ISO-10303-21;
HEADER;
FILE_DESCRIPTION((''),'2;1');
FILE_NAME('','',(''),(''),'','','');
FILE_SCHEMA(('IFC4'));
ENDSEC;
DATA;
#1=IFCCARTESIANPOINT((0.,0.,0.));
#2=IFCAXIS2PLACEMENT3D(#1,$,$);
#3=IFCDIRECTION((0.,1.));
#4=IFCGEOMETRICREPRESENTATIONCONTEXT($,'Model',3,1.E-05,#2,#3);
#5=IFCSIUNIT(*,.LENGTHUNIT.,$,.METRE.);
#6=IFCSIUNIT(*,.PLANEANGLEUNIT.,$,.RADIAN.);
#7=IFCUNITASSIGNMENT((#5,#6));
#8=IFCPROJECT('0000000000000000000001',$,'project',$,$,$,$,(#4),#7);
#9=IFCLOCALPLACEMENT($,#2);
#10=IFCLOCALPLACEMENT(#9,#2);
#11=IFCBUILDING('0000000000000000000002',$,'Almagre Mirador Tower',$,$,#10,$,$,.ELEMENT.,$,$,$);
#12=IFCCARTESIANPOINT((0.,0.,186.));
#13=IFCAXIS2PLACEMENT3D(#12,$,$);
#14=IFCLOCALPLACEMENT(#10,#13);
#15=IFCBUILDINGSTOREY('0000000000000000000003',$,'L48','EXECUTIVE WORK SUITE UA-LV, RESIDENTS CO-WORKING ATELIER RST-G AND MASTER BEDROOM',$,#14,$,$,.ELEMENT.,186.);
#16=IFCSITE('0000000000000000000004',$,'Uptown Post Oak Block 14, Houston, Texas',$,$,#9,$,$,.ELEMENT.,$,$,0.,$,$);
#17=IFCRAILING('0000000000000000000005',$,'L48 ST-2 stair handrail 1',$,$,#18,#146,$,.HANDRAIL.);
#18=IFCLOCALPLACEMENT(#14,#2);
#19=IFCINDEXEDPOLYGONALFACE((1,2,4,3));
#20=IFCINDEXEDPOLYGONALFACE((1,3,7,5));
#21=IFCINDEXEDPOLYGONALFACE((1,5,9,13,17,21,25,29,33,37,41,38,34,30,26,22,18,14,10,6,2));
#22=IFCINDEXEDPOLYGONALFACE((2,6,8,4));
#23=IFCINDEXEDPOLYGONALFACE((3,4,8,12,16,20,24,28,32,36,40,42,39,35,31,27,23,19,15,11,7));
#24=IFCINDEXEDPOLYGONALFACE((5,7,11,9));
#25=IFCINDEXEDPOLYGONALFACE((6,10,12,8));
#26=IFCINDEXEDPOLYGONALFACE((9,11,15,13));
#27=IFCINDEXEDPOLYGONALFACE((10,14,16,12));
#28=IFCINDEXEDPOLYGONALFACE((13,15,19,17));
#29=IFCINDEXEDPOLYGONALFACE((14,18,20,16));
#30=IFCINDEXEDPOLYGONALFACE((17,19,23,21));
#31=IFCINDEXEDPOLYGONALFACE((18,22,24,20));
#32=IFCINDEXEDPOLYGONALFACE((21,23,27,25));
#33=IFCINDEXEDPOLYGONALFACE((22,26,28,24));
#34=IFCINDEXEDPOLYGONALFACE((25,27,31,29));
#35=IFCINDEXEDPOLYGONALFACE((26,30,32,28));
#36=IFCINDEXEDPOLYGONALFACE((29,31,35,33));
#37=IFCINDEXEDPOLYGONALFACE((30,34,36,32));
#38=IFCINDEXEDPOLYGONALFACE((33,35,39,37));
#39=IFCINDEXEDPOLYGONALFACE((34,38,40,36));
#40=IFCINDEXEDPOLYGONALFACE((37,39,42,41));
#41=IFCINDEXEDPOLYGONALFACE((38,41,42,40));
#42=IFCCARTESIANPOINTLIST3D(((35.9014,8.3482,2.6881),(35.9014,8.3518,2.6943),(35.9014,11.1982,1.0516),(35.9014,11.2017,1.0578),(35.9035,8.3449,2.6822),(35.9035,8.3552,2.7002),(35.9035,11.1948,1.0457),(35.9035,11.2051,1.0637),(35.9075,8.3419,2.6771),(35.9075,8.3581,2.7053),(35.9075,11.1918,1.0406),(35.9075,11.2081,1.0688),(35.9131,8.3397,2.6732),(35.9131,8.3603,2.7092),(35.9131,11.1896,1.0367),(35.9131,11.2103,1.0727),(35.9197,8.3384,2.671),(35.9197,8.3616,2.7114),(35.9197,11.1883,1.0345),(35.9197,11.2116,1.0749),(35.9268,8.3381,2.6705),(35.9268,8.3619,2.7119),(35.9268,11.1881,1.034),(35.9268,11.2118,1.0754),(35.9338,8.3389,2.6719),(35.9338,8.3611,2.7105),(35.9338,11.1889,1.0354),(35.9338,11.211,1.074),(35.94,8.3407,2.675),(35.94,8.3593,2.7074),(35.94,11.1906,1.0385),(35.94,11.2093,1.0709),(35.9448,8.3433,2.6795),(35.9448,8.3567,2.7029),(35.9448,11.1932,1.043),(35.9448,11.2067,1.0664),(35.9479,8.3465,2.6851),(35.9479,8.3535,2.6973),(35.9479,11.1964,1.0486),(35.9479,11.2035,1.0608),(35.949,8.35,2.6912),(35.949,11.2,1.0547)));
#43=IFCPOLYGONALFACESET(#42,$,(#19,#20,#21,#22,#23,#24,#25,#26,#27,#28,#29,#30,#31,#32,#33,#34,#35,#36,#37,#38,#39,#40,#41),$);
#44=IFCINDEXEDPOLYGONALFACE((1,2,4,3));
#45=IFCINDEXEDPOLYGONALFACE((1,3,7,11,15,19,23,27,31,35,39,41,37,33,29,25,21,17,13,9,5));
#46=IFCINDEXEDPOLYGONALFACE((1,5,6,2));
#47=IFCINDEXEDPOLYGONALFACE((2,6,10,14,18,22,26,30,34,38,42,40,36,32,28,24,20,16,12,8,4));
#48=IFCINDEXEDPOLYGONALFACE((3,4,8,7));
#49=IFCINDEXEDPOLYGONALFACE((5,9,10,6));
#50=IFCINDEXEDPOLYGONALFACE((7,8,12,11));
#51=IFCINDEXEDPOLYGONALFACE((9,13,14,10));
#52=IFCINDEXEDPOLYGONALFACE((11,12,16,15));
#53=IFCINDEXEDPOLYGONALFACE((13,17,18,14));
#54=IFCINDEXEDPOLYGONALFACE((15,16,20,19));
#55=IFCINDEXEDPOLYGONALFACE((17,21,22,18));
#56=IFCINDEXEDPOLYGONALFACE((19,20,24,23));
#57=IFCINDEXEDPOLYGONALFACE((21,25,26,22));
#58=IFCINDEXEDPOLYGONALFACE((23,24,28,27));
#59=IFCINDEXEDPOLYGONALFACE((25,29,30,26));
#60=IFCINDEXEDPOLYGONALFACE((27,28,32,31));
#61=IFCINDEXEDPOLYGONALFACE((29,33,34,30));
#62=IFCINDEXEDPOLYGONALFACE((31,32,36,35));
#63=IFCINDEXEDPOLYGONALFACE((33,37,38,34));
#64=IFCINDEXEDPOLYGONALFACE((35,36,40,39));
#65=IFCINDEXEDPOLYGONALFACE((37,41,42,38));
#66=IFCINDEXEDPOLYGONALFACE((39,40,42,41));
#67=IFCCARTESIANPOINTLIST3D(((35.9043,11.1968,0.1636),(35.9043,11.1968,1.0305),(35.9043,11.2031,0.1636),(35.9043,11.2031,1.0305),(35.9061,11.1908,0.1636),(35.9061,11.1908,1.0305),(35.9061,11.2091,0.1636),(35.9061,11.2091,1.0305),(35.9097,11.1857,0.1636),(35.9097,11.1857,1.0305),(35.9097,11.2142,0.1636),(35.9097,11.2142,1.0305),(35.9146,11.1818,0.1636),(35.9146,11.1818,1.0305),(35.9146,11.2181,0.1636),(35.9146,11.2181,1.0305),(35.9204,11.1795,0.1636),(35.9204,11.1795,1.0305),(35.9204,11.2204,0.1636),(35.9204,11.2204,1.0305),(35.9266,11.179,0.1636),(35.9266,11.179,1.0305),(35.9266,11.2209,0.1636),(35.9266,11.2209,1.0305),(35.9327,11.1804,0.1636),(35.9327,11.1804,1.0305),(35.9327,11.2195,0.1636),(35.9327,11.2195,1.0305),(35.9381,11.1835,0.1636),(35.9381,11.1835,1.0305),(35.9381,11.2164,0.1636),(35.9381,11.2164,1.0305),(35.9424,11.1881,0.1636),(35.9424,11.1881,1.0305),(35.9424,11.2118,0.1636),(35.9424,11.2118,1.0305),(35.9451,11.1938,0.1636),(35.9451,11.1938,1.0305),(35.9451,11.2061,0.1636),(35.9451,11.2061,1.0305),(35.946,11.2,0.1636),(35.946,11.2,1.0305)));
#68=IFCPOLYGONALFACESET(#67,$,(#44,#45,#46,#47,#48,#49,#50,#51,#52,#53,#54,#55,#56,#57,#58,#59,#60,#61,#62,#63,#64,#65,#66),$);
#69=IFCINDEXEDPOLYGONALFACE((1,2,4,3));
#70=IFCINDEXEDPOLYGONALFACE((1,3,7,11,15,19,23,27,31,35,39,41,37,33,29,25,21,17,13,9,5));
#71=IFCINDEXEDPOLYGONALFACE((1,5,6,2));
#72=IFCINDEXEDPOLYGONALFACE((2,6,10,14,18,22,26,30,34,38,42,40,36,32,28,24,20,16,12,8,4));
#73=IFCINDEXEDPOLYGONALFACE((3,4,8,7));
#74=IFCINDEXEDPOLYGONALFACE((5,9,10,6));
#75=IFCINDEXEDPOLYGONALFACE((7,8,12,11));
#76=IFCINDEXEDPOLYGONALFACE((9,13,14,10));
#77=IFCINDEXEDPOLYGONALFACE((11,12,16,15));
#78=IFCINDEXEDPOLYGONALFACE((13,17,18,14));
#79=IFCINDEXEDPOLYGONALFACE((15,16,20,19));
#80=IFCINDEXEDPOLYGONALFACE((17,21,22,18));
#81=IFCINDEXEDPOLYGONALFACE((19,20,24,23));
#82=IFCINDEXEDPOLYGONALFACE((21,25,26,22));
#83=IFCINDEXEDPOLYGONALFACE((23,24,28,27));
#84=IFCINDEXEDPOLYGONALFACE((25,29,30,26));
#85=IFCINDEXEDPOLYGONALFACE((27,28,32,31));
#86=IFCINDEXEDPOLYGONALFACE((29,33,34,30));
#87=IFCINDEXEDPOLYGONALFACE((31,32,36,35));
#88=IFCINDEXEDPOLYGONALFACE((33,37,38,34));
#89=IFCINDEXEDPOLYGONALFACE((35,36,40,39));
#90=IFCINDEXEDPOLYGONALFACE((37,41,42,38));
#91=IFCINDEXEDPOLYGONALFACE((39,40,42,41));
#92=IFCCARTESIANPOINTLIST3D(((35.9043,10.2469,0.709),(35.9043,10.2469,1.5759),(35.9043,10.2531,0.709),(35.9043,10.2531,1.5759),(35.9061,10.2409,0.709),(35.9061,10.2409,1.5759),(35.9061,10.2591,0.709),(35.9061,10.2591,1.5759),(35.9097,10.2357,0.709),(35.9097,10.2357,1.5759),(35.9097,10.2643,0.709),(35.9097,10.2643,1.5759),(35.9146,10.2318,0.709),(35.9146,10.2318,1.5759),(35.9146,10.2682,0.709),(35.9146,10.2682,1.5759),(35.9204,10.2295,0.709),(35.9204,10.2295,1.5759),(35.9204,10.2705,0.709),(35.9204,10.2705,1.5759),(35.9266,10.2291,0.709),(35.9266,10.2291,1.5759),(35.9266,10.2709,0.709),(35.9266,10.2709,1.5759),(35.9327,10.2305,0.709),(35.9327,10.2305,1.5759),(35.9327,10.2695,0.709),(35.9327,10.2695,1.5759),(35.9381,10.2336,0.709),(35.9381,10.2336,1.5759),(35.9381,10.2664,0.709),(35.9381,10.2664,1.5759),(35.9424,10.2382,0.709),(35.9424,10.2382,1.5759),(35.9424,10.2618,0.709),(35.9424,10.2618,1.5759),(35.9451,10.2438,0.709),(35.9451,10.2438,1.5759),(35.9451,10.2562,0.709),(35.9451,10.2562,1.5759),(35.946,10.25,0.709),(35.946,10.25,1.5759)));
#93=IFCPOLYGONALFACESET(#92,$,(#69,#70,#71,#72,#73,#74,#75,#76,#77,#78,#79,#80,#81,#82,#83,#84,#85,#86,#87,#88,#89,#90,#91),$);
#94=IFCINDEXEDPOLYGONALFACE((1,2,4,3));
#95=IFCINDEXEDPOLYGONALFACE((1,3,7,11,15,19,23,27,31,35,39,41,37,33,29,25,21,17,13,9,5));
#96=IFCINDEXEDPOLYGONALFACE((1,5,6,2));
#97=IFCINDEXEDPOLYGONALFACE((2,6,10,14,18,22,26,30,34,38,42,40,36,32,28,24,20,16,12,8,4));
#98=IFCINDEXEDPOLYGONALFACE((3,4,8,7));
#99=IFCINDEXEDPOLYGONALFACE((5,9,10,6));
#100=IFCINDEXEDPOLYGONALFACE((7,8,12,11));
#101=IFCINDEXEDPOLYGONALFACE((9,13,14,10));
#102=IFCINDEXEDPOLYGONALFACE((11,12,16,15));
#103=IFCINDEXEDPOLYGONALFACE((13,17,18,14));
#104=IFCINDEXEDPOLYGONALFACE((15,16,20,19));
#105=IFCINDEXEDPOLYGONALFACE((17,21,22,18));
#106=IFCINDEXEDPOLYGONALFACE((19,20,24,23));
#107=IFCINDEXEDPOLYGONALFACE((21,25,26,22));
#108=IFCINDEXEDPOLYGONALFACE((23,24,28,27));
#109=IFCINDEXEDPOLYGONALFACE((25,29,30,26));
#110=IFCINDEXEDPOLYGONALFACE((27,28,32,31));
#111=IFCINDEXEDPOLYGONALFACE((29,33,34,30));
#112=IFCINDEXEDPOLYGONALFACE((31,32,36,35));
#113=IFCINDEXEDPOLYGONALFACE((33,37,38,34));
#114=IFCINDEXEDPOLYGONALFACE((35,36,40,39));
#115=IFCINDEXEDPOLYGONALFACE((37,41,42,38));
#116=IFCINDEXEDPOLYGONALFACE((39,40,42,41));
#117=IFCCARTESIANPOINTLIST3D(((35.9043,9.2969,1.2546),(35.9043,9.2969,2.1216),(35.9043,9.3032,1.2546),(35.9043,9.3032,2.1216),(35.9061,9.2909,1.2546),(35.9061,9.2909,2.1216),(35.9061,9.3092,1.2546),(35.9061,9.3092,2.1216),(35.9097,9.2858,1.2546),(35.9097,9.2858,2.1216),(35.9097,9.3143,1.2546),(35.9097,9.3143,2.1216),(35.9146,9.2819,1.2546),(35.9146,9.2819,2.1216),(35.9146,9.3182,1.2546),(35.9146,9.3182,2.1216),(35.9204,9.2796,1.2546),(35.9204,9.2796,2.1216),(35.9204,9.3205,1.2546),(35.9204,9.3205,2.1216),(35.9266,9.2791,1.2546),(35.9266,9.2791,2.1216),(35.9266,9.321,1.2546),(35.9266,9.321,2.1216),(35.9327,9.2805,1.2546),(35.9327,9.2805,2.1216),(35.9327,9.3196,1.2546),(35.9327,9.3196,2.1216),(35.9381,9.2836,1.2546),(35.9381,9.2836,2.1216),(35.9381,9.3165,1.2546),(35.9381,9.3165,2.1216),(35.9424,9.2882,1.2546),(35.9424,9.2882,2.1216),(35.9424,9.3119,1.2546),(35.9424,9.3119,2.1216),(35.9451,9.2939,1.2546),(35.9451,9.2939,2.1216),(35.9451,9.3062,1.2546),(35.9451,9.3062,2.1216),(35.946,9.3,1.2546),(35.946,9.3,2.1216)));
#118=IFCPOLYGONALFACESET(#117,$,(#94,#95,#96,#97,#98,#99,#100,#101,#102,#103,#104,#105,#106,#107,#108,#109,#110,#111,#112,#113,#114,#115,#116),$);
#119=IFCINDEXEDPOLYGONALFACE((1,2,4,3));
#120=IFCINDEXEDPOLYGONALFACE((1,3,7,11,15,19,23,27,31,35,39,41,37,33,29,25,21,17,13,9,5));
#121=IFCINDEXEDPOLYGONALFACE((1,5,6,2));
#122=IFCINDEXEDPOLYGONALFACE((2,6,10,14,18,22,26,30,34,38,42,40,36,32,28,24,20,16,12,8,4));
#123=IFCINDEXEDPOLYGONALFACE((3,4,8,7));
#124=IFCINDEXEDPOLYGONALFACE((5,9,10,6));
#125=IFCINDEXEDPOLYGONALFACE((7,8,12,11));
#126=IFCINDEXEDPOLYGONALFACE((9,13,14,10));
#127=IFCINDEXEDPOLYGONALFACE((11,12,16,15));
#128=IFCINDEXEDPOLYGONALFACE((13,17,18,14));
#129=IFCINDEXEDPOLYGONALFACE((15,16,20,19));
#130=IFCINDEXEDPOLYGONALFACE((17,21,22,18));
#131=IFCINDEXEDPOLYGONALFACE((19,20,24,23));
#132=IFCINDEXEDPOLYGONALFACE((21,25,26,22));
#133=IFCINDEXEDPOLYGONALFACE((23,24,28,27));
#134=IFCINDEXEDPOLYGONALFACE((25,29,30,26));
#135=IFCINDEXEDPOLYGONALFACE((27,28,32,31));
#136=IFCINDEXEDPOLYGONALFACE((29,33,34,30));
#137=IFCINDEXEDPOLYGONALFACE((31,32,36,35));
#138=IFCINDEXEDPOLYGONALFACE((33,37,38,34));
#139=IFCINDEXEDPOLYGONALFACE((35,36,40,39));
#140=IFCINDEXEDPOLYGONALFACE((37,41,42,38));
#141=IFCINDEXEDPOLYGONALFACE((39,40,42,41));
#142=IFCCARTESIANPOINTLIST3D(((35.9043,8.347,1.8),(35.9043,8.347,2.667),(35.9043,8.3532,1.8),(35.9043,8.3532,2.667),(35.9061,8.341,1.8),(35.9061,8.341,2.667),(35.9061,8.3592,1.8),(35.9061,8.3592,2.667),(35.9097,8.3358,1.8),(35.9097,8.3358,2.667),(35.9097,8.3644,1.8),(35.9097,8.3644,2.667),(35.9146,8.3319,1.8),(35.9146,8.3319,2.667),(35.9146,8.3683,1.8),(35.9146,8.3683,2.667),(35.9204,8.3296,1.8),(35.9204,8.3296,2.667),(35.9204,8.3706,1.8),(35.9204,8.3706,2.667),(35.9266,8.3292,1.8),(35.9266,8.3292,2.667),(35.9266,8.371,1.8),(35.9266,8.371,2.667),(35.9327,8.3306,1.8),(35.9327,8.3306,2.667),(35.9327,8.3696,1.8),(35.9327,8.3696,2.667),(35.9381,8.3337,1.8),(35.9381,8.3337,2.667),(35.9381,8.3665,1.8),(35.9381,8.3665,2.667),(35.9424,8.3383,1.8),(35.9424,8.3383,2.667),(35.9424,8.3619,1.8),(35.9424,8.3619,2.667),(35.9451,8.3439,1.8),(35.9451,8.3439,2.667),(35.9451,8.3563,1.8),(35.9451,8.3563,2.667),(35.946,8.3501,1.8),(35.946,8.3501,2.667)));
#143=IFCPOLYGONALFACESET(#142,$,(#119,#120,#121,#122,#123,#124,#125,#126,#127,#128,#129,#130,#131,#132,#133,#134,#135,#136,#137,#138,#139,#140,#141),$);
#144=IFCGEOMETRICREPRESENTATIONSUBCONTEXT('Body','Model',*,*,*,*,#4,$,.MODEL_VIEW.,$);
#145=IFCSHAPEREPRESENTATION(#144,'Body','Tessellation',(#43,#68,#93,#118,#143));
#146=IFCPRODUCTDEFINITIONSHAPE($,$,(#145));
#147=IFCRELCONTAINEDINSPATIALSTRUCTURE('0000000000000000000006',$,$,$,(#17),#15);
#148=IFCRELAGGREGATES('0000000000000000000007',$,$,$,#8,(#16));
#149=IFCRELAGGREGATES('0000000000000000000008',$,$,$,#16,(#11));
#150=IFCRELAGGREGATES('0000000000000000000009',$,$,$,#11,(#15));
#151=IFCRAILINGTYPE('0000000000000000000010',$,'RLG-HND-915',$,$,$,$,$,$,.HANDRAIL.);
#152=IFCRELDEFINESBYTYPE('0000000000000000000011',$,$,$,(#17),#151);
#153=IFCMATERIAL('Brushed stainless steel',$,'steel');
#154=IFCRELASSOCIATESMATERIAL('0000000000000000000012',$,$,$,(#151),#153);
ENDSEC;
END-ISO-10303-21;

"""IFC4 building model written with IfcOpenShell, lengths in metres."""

from ifc_helpers import new_model, si_unit, direction, frame, origin, origin_2d, place, context, subcontext, project, spatial, circle, extrude, material, type_object, element, save


model = new_model("IFC4")

# Units and contexts
model_context = context("Model", 3, precision=1e-05, world=origin(), true_north=direction((0.0, 1.0)))
body_context = subcontext(model_context, "Body", "Model", "MODEL_VIEW")
ifc_project = project(units=[si_unit("LENGTHUNIT", "METRE"), si_unit("PLANEANGLEUNIT", "RADIAN")], contexts=[model_context])

# Site, building, storey
site_placement = place(None, origin())
site = spatial("IfcSite", under=ifc_project, at=site_placement, Name="Uptown Post Oak Block 14, Houston, Texas", CompositionType="ELEMENT", RefElevation=0.0)
building_placement = place(site_placement, origin())
building = spatial("IfcBuilding", under=site, at=building_placement, Name="Almagre Mirador Tower", CompositionType="ELEMENT")
storey_placement = place(building_placement, frame((0.0, 0.0, 186.0)))
storey = spatial("IfcBuildingStorey", under=building, at=storey_placement, Name="L48", Description="EXECUTIVE WORK SUITE UA-LV, RESIDENTS CO-WORKING ATELIER RST-G AND MASTER BEDROOM", CompositionType="ELEMENT", Elevation=186.0)

# Railing
ifc_material_1 = material(Name="Brushed stainless steel", Category="steel")
railing_type_1 = type_object("IfcRailingType", Name="RLG-HND-915", PredefinedType="HANDRAIL", material=ifc_material_1)
railing_1_placement = place(storey_placement, frame((35.925, 11.2, 0.1636)))
element("IfcRailing", 1, at=railing_1_placement, inside=storey, type_object=railing_type_1, Name="L48 ST-2 stair handrail 1", PredefinedType="HANDRAIL", context=body_context, shape_type="SweptSolid", body=[
    extrude(circle(Radius=0.0239, at=origin_2d()), frame((0.0, 0.0, 0.8911), z_axis=(0.0, -0.867194, 0.49797), x_axis=(1.0, 0.0, 0.0)), (0.0, 0.0, 1.0), 3.2864),
    extrude(circle(Radius=0.021, at=origin_2d()), origin(), (0.0, 0.0, 1.0), 0.8669),
    extrude(circle(Radius=0.021, at=origin_2d()), frame((0.0, -0.95, 0.5454)), (0.0, 0.0, 1.0), 0.8669),
    extrude(circle(Radius=0.021, at=origin_2d()), frame((0.0, -1.8999, 1.0911)), (0.0, 0.0, 1.0), 0.8669),
    extrude(circle(Radius=0.021, at=origin_2d()), frame((0.0, -2.8499, 1.6365)), (0.0, 0.0, 1.0), 0.8669),
])

save(model, "model.ifc")
